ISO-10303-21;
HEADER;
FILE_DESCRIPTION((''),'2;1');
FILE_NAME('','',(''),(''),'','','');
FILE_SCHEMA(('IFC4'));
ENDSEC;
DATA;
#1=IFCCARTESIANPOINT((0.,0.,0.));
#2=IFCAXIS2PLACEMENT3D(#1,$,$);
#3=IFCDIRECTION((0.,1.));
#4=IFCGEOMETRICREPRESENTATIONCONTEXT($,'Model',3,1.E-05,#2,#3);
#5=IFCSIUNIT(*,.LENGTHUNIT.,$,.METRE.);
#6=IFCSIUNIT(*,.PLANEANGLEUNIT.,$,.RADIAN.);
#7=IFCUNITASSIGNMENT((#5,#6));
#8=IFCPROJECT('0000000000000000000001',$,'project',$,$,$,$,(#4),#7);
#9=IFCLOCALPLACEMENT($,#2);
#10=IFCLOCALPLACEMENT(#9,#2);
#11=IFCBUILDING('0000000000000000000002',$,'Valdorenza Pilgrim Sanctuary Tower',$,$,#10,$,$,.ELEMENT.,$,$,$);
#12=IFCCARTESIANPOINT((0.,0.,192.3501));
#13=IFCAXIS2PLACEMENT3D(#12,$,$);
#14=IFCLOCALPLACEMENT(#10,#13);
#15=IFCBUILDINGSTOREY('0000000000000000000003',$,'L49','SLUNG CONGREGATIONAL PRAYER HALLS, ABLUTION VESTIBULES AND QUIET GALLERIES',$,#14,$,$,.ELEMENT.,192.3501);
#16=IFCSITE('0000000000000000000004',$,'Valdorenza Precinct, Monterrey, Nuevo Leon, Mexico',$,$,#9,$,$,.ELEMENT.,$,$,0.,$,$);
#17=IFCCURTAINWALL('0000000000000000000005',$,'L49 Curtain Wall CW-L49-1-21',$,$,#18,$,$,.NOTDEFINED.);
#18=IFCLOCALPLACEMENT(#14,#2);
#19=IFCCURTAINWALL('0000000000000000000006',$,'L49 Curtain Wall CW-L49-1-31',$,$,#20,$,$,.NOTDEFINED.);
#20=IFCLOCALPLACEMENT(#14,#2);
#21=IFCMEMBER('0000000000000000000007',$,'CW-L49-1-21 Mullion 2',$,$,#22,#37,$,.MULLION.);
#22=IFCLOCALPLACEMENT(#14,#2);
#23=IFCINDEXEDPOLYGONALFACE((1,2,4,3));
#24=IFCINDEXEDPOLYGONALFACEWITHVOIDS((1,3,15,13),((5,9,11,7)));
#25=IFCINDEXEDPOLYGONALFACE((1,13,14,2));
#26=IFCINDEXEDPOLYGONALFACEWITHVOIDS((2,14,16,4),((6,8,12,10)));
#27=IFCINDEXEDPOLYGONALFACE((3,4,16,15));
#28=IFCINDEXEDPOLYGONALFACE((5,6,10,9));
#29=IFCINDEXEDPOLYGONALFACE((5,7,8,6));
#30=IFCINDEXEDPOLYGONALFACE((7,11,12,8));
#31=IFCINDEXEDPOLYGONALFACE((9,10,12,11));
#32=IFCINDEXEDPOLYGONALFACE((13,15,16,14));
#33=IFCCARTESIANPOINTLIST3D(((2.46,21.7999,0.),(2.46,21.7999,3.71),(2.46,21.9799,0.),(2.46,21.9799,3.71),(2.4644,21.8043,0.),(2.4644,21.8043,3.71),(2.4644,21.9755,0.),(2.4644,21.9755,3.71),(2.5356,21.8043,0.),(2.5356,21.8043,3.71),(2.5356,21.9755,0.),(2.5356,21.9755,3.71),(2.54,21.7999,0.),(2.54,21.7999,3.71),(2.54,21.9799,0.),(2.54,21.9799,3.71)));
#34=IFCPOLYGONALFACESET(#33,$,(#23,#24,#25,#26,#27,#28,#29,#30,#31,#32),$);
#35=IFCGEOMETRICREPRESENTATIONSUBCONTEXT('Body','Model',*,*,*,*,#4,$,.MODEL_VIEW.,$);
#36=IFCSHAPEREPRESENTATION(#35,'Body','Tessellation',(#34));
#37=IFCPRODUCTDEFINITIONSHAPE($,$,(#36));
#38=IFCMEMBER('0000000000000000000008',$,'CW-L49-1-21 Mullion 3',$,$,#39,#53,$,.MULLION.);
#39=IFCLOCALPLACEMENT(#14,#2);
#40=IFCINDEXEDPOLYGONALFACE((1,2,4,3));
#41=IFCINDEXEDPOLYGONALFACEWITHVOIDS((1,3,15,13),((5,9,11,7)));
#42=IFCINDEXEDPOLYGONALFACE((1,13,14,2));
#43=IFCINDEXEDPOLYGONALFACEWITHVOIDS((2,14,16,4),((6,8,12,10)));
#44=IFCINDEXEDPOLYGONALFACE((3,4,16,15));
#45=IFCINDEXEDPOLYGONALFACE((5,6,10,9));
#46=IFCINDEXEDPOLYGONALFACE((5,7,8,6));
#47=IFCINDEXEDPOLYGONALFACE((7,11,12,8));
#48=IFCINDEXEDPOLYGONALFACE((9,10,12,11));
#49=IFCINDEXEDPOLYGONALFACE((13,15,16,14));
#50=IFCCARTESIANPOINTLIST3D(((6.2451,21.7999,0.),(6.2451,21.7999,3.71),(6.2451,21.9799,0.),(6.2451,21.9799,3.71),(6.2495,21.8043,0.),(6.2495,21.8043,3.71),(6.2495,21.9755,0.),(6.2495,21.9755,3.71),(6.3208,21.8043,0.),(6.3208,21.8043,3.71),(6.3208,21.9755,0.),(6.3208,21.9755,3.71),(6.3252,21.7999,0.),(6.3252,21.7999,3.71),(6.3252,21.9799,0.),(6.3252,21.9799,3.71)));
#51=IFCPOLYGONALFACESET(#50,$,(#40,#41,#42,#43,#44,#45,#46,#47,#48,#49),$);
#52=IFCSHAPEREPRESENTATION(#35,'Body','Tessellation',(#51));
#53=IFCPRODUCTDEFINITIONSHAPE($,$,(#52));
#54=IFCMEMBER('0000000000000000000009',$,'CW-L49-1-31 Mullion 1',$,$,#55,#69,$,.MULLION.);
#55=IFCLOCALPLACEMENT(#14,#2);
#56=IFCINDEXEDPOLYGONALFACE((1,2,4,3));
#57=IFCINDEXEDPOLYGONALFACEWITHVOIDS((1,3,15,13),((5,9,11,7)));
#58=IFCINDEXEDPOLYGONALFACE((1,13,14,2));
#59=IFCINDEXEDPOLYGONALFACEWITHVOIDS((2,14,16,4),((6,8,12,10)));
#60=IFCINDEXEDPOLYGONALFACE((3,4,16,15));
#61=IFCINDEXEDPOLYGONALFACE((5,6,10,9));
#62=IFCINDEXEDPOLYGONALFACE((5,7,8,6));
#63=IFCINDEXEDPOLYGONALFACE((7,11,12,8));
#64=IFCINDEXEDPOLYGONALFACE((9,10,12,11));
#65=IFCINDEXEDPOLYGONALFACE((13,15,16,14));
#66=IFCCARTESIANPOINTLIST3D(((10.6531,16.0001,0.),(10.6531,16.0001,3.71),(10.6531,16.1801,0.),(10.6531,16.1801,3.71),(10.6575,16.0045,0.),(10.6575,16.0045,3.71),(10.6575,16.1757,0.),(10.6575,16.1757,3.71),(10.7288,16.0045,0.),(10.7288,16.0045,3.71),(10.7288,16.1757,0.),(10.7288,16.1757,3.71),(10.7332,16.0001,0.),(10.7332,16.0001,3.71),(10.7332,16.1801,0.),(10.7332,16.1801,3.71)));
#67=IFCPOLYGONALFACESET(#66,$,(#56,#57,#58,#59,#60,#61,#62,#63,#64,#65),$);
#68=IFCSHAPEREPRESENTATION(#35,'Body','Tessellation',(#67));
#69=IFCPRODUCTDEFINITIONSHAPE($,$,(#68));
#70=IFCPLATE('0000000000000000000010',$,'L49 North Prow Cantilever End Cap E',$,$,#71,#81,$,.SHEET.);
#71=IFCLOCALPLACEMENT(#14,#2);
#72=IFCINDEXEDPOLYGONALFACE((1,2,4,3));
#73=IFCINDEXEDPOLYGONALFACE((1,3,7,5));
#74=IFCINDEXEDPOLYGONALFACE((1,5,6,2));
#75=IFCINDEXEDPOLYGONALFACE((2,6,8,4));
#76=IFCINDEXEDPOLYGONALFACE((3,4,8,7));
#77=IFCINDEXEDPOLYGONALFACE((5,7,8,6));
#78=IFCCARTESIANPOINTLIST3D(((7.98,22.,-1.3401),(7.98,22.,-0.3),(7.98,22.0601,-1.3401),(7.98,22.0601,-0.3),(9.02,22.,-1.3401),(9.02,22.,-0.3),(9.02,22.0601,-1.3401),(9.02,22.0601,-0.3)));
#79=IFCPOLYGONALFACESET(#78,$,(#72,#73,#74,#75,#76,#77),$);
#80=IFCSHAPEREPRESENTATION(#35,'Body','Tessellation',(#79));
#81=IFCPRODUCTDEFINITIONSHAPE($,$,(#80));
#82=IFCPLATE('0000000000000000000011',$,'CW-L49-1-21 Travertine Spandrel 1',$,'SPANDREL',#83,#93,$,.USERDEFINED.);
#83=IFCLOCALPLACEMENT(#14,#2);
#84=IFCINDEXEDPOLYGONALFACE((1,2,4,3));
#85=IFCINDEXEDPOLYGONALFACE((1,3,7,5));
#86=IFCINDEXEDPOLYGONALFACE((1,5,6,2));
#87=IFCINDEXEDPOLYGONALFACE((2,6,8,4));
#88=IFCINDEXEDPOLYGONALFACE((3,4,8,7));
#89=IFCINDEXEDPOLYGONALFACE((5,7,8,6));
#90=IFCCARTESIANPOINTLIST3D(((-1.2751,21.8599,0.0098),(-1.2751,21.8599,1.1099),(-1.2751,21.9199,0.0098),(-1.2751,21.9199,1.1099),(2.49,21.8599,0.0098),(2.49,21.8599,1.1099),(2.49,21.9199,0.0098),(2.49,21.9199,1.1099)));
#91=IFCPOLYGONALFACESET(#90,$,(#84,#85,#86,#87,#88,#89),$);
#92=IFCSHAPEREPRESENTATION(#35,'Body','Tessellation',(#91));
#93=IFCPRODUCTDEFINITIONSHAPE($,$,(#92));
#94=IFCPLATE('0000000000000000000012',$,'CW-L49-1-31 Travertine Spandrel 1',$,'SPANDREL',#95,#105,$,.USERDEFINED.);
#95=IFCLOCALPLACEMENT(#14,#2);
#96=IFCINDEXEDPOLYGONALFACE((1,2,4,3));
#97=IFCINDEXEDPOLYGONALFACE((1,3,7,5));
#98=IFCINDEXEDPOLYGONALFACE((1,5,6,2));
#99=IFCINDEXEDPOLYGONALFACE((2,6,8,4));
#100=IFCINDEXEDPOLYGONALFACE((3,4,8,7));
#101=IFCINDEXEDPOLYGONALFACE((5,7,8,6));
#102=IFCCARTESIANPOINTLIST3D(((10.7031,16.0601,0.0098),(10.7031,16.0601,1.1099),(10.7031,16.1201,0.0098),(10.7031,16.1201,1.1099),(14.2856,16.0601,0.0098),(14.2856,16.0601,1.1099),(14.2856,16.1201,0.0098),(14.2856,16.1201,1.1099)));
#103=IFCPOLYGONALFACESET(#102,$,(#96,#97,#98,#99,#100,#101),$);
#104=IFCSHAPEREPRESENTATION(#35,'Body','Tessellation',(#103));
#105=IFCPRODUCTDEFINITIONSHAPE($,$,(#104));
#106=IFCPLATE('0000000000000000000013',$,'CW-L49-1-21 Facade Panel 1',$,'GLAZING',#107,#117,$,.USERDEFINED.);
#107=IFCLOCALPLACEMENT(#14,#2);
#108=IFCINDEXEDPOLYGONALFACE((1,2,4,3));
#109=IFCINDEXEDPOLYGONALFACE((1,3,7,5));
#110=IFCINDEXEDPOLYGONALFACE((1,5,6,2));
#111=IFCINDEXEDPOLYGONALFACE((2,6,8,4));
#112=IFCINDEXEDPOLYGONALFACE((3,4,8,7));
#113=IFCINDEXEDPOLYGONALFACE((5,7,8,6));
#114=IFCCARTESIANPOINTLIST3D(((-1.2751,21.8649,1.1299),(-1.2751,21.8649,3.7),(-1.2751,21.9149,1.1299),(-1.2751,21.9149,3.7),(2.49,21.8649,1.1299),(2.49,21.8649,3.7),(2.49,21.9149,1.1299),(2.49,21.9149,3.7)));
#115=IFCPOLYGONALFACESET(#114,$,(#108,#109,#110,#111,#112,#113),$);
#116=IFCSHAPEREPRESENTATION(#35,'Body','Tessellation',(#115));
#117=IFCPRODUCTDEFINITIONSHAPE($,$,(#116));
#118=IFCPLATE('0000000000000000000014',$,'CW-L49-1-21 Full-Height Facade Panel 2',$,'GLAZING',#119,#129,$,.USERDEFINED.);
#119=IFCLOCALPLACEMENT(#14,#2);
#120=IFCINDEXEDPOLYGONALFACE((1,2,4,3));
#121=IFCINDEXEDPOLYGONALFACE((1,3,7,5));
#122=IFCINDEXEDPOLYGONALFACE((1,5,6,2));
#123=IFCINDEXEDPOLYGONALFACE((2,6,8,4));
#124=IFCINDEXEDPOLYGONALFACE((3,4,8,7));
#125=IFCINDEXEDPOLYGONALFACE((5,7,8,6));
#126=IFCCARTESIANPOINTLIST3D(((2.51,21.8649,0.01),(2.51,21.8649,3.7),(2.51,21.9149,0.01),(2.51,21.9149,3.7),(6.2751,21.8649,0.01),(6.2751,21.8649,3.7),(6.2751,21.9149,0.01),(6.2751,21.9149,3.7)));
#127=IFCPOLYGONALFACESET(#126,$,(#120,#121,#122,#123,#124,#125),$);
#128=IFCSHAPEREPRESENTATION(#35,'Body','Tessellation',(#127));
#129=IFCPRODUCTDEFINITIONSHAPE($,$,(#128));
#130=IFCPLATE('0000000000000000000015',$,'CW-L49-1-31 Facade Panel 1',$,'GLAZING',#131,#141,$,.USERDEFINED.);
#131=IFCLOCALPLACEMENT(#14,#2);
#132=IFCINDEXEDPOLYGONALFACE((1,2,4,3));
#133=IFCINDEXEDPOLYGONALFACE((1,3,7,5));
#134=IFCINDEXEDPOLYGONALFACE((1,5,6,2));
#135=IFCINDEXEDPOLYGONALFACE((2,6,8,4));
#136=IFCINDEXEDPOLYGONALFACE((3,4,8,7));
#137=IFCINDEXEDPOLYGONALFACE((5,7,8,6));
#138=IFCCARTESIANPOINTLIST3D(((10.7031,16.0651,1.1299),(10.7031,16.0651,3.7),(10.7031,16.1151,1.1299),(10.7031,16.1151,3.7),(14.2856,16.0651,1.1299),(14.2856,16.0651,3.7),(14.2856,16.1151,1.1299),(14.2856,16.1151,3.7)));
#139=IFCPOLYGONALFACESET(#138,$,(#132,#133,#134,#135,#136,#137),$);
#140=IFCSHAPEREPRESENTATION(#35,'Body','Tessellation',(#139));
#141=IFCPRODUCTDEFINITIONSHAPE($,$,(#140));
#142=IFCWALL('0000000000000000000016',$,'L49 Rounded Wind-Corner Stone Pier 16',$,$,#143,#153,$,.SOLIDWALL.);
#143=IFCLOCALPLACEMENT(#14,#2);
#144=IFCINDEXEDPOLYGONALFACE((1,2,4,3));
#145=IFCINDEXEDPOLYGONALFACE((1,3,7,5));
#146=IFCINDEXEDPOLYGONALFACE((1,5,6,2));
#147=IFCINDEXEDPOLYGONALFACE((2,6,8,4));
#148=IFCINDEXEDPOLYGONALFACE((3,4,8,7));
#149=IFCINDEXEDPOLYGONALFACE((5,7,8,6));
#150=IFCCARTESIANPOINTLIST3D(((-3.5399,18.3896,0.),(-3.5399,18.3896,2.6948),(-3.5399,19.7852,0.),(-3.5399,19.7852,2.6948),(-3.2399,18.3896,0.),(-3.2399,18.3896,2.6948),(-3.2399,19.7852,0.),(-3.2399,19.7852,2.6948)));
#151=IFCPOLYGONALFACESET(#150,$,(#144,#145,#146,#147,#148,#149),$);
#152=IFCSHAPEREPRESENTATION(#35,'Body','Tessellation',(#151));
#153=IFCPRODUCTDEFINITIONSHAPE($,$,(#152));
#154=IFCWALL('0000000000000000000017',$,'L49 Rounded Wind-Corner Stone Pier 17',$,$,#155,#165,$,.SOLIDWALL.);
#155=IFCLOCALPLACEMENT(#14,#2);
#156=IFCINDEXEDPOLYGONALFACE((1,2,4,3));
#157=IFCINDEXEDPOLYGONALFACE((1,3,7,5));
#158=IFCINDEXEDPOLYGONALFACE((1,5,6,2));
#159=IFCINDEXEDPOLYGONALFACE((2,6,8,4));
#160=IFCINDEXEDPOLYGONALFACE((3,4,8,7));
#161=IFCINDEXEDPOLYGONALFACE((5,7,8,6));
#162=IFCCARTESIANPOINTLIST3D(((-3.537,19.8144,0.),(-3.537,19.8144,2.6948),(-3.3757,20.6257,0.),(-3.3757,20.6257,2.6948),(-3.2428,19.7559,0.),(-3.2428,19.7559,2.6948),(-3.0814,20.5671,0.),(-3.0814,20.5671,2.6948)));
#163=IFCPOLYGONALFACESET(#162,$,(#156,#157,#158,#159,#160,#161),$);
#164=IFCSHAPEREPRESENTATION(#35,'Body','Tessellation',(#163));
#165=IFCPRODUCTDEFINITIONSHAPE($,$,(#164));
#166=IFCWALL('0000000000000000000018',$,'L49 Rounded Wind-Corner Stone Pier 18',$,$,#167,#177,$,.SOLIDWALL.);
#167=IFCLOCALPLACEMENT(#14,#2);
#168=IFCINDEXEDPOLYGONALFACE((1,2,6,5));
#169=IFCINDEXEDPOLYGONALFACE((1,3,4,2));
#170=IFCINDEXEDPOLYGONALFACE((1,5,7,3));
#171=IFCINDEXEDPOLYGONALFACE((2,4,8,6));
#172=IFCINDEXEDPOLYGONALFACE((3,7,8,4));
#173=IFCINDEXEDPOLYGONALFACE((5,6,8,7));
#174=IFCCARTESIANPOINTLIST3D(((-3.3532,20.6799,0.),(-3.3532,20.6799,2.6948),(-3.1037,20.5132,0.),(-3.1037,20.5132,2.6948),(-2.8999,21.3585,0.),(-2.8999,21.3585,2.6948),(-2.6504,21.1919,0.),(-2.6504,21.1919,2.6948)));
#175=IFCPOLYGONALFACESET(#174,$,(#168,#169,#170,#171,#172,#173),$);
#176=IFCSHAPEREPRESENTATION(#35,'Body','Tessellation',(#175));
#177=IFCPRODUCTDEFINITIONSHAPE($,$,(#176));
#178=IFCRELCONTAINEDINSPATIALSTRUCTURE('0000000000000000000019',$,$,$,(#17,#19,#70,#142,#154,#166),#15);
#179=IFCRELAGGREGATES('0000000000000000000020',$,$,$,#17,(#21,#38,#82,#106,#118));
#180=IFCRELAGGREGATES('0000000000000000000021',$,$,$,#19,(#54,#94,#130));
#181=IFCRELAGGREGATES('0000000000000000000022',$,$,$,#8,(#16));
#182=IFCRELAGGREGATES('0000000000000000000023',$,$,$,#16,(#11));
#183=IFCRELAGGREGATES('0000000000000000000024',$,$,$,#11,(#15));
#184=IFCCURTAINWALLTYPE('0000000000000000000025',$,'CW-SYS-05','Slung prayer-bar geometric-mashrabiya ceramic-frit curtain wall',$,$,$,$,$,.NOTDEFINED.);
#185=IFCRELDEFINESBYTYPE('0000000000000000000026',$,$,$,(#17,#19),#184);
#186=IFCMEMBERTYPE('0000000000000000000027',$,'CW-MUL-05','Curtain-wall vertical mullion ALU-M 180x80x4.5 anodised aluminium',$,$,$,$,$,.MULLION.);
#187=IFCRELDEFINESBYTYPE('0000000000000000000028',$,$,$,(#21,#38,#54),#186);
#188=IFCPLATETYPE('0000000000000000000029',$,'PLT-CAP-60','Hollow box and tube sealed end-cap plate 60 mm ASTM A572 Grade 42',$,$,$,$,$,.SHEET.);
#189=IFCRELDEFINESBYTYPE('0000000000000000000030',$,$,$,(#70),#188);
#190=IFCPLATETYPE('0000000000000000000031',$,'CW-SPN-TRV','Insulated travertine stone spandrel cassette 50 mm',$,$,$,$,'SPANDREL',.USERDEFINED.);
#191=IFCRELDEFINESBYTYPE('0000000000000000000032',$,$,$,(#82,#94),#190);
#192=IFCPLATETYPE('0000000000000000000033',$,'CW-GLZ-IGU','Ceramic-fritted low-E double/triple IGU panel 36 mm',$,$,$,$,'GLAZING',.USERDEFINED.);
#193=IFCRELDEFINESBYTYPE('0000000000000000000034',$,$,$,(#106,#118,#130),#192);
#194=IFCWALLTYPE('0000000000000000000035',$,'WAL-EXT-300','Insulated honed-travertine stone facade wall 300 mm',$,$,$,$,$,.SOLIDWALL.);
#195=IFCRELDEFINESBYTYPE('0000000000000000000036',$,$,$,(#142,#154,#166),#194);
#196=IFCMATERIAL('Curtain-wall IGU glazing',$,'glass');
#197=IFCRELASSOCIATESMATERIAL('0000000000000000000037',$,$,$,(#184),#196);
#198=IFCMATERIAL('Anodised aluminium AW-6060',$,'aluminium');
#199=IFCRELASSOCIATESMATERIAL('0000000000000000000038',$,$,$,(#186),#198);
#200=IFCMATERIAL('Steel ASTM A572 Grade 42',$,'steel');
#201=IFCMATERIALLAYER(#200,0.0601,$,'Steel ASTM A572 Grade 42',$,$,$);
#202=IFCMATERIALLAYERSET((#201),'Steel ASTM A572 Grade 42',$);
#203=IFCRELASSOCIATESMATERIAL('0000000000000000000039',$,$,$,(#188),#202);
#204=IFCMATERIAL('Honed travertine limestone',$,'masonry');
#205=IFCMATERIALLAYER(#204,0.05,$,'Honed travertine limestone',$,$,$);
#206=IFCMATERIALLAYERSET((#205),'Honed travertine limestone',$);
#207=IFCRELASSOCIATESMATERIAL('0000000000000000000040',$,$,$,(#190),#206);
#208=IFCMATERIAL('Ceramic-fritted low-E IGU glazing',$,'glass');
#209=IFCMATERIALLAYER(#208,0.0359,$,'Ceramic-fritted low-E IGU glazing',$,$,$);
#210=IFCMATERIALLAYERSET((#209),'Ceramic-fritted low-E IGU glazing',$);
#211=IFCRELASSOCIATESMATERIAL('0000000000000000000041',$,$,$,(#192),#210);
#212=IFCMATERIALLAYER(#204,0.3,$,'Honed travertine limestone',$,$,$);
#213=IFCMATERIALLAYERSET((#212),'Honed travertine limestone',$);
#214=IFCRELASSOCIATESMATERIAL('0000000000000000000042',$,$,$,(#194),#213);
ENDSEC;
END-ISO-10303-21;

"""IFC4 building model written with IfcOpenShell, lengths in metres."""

from ifc_helpers import new_model, si_unit, direction, frame, frame_2d, origin, origin_2d, place, context, subcontext, project, spatial, rectangle, hollow_rectangle, extrude, source, transform, mapped, material, layer, layer_set, material_profile, profile_set, type_object, element, aggregate, save


model = new_model("IFC4")

# Units and contexts
model_context = context("Model", 3, precision=1e-05, world=origin(), true_north=direction((0.0, 1.0)))
body_context = subcontext(model_context, "Body", "Model", "MODEL_VIEW")
ifc_project = project(units=[si_unit("LENGTHUNIT", "METRE"), si_unit("PLANEANGLEUNIT", "RADIAN")], contexts=[model_context])

# Site, building, storey
site_placement = place(None, origin())
site = spatial("IfcSite", under=ifc_project, at=site_placement, Name="Valdorenza Precinct, Monterrey, Nuevo Leon, Mexico", CompositionType="ELEMENT", RefElevation=0.0)
building_placement = place(site_placement, origin())
building = spatial("IfcBuilding", under=site, at=building_placement, Name="Valdorenza Pilgrim Sanctuary Tower", CompositionType="ELEMENT")
storey_placement = place(building_placement, frame((0.0, 0.0, 192.3501)))
storey = spatial("IfcBuildingStorey", under=building, at=storey_placement, Name="L49", Description="SLUNG CONGREGATIONAL PRAYER HALLS, ABLUTION VESTIBULES AND QUIET GALLERIES", CompositionType="ELEMENT", Elevation=192.3501)

# Shared definitions
ifc_material_1 = material(Name="Steel ASTM A572 Grade 42", Category="steel")

# Curtain walls
ifc_material_2 = material(Name="Curtain-wall IGU glazing", Category="glass")
curtain_wall_type = type_object("IfcCurtainWallType", Name="CW-SYS-05", Description="Slung prayer-bar geometric-mashrabiya ceramic-frit curtain wall", PredefinedType="NOTDEFINED", material=ifc_material_2)
curtain_wall_1_placement = place(storey_placement, origin())
curtain_wall_1 = element("IfcCurtainWall", 1, at=curtain_wall_1_placement, inside=storey, type_object=curtain_wall_type, Name="L49 Curtain Wall CW-L49-1-21", PredefinedType="NOTDEFINED")
ifc_material_3 = material(Name="Anodised aluminium AW-6060", Category="aluminium")
curtain_wall_2_placement = place(storey_placement, origin())
curtain_wall_2 = element("IfcCurtainWall", 2, at=curtain_wall_2_placement, inside=storey, type_object=curtain_wall_type, Name="L49 Curtain Wall CW-L49-1-31", PredefinedType="NOTDEFINED")

# Members
ifc_material_profile_1 = material_profile(ifc_material_3, hollow_rectangle(XDim=0.0801, YDim=0.1799, WallThickness=0.0044, at=origin_2d()), Name="ALU-M 180x80x4.5")
ifc_profile_set_1 = profile_set([ifc_material_profile_1], Name="Anodised aluminium AW-6060")
member_type_1 = type_object("IfcMemberType", Name="CW-MUL-05", Description="Curtain-wall vertical mullion ALU-M 180x80x4.5 anodised aluminium", PredefinedType="MULLION", material=ifc_profile_set_1)
shared_shape_1 = source(origin(), body_context, "Body", "SweptSolid", [
    extrude(hollow_rectangle(XDim=0.0801, YDim=0.1799, WallThickness=0.0044, at=origin_2d()), origin(), (0.0, 0.0, 1.0), 3.71),
])
member_1_placement = place(storey_placement, frame((2.5, 21.8899, 0.0), z_axis=(0.0, 0.0, 1.0), x_axis=(1.0, 0.0, 0.0)))
member_1 = element("IfcMember", 3, at=member_1_placement, type_object=member_type_1, Name="CW-L49-1-21 Mullion 2", PredefinedType="MULLION", context=body_context, shape_type="MappedRepresentation", body=[
    mapped(shared_shape_1, transform((0.0, 0.0, 0.0), x_axis=(1.0, 0.0, 0.0), y_axis=(0.0, 1.0, 0.0), z_axis=(0.0, 0.0, 1.0), scale=1.0)),
])
member_2_placement = place(storey_placement, frame((6.2852, 21.8899, 0.0), z_axis=(0.0, 0.0, 1.0), x_axis=(1.0, 0.0, 0.0)))
member_2 = element("IfcMember", 4, at=member_2_placement, type_object=member_type_1, Name="CW-L49-1-21 Mullion 3", PredefinedType="MULLION", context=body_context, shape_type="MappedRepresentation", body=[
    mapped(shared_shape_1, transform((0.0, 0.0, 0.0), x_axis=(1.0, 0.0, 0.0), y_axis=(0.0, 1.0, 0.0), z_axis=(0.0, 0.0, 1.0), scale=1.0)),
])
member_3_placement = place(storey_placement, frame((10.6931, 16.0901, 0.0), z_axis=(0.0, 0.0, 1.0), x_axis=(1.0, 0.0, 0.0)))
member_3 = element("IfcMember", 5, at=member_3_placement, type_object=member_type_1, Name="CW-L49-1-31 Mullion 1", PredefinedType="MULLION", context=body_context, shape_type="MappedRepresentation", body=[
    mapped(shared_shape_1, transform((0.0, 0.0, 0.0), x_axis=(1.0, 0.0, 0.0), y_axis=(0.0, 1.0, 0.0), z_axis=(0.0, 0.0, 1.0), scale=1.0)),
])

# Plates
ifc_layer_1 = layer(ifc_material_1, 0.0601, Name="Steel ASTM A572 Grade 42")
ifc_layer_set_1 = layer_set([ifc_layer_1], Name="Steel ASTM A572 Grade 42")
plate_type_1 = type_object("IfcPlateType", Name="PLT-CAP-60", Description="Hollow box and tube sealed end-cap plate 60 mm ASTM A572 Grade 42", PredefinedType="SHEET", material=ifc_layer_set_1)
shared_shape_2 = source(origin(), body_context, "Body", "SweptSolid", [
    extrude(rectangle(XDim=1.04, YDim=0.0601, at=origin_2d()), origin(), (0.0, 0.0, 1.0), 1.04),
])
plate_1_placement = place(storey_placement, frame((8.5, 22.03, -1.3401), z_axis=(0.0, 0.0, 1.0), x_axis=(1.0, 0.0, 0.0)))
element("IfcPlate", 6, at=plate_1_placement, inside=storey, type_object=plate_type_1, Name="L49 North Prow Cantilever End Cap E", PredefinedType="SHEET", context=body_context, shape_type="MappedRepresentation", body=[
    mapped(shared_shape_2, transform((0.0, 0.0, 0.0), x_axis=(1.0, 0.0, 0.0), y_axis=(0.0, 1.0, 0.0), z_axis=(0.0, 0.0, 1.0), scale=1.0)),
])
ifc_material_4 = material(Name="Honed travertine limestone", Category="masonry")
ifc_layer_2 = layer(ifc_material_4, 0.05, Name="Honed travertine limestone")
ifc_layer_set_2 = layer_set([ifc_layer_2], Name="Honed travertine limestone")
plate_type_2 = type_object("IfcPlateType", Name="CW-SPN-TRV", Description="Insulated travertine stone spandrel cassette 50 mm", ElementType="SPANDREL", PredefinedType="USERDEFINED", material=ifc_layer_set_2)
shared_shape_3 = source(origin(), body_context, "Body", "SweptSolid", [
    extrude(rectangle(XDim=3.7651, YDim=0.0601, at=origin_2d()), origin(), (0.0, 0.0, 1.0), 1.1001),
])
plate_2_placement = place(storey_placement, frame((0.6074, 21.8899, 0.0098), z_axis=(0.0, 0.0, 1.0), x_axis=(1.0, 0.0, 0.0)))
plate_2 = element("IfcPlate", 7, at=plate_2_placement, type_object=plate_type_2, Name="CW-L49-1-21 Travertine Spandrel 1", ObjectType="SPANDREL", PredefinedType="USERDEFINED", context=body_context, shape_type="MappedRepresentation", body=[
    mapped(shared_shape_3, transform((0.0, 0.0, 0.0), x_axis=(1.0, 0.0, 0.0), y_axis=(0.0, 1.0, 0.0), z_axis=(0.0, 0.0, 1.0), scale=1.0)),
])
shared_shape_4 = source(origin(), body_context, "Body", "SweptSolid", [
    extrude(rectangle(XDim=3.5825, YDim=0.0601, at=origin_2d()), origin(), (0.0, 0.0, 1.0), 1.1001),
])
plate_3_placement = place(storey_placement, frame((12.4944, 16.0901, 0.0098), z_axis=(0.0, 0.0, 1.0), x_axis=(1.0, 0.0, 0.0)))
plate_3 = element("IfcPlate", 8, at=plate_3_placement, type_object=plate_type_2, Name="CW-L49-1-31 Travertine Spandrel 1", ObjectType="SPANDREL", PredefinedType="USERDEFINED", context=body_context, shape_type="MappedRepresentation", body=[
    mapped(shared_shape_4, transform((0.0, 0.0, 0.0), x_axis=(1.0, 0.0, 0.0), y_axis=(0.0, 1.0, 0.0), z_axis=(0.0, 0.0, 1.0), scale=1.0)),
])
ifc_material_5 = material(Name="Ceramic-fritted low-E IGU glazing", Category="glass")
ifc_layer_3 = layer(ifc_material_5, 0.0359, Name="Ceramic-fritted low-E IGU glazing")
ifc_layer_set_3 = layer_set([ifc_layer_3], Name="Ceramic-fritted low-E IGU glazing")
plate_type_3 = type_object("IfcPlateType", Name="CW-GLZ-IGU", Description="Ceramic-fritted low-E double/triple IGU panel 36 mm", ElementType="GLAZING", PredefinedType="USERDEFINED", material=ifc_layer_set_3)
shared_shape_5 = source(origin(), body_context, "Body", "SweptSolid", [
    extrude(rectangle(XDim=3.7651, YDim=0.05, at=origin_2d()), origin(), (0.0, 0.0, 1.0), 2.5701),
])
plate_4_placement = place(storey_placement, frame((0.6074, 21.8899, 1.1299), z_axis=(0.0, 0.0, 1.0), x_axis=(1.0, 0.0, 0.0)))
plate_4 = element("IfcPlate", 9, at=plate_4_placement, type_object=plate_type_3, Name="CW-L49-1-21 Facade Panel 1", ObjectType="GLAZING", PredefinedType="USERDEFINED", context=body_context, shape_type="MappedRepresentation", body=[
    mapped(shared_shape_5, transform((0.0, 0.0, 0.0), x_axis=(1.0, 0.0, 0.0), y_axis=(0.0, 1.0, 0.0), z_axis=(0.0, 0.0, 1.0), scale=1.0)),
])
shared_shape_6 = source(origin(), body_context, "Body", "SweptSolid", [
    extrude(rectangle(XDim=3.7651, YDim=0.05, at=origin_2d()), origin(), (0.0, 0.0, 1.0), 3.6899),
])
plate_5_placement = place(storey_placement, frame((4.3926, 21.8899, 0.01), z_axis=(0.0, 0.0, 1.0), x_axis=(1.0, 0.0, 0.0)))
plate_5 = element("IfcPlate", 10, at=plate_5_placement, type_object=plate_type_3, Name="CW-L49-1-21 Full-Height Facade Panel 2", ObjectType="GLAZING", PredefinedType="USERDEFINED", context=body_context, shape_type="MappedRepresentation", body=[
    mapped(shared_shape_6, transform((0.0, 0.0, 0.0), x_axis=(1.0, 0.0, 0.0), y_axis=(0.0, 1.0, 0.0), z_axis=(0.0, 0.0, 1.0), scale=1.0)),
])
aggregate(curtain_wall_1, [member_1, member_2, plate_2, plate_4, plate_5])
shared_shape_7 = source(origin(), body_context, "Body", "SweptSolid", [
    extrude(rectangle(XDim=3.5825, YDim=0.05, at=origin_2d()), origin(), (0.0, 0.0, 1.0), 2.5701),
])
plate_6_placement = place(storey_placement, frame((12.4944, 16.0901, 1.1299), z_axis=(0.0, 0.0, 1.0), x_axis=(1.0, 0.0, 0.0)))
plate_6 = element("IfcPlate", 11, at=plate_6_placement, type_object=plate_type_3, Name="CW-L49-1-31 Facade Panel 1", ObjectType="GLAZING", PredefinedType="USERDEFINED", context=body_context, shape_type="MappedRepresentation", body=[
    mapped(shared_shape_7, transform((0.0, 0.0, 0.0), x_axis=(1.0, 0.0, 0.0), y_axis=(0.0, 1.0, 0.0), z_axis=(0.0, 0.0, 1.0), scale=1.0)),
])
aggregate(curtain_wall_2, [member_3, plate_3, plate_6])

# Walls
ifc_layer_4 = layer(ifc_material_4, 0.3, Name="Honed travertine limestone")
ifc_layer_set_4 = layer_set([ifc_layer_4], Name="Honed travertine limestone")
wall_type_1 = type_object("IfcWallType", Name="WAL-EXT-300", Description="Insulated honed-travertine stone facade wall 300 mm", PredefinedType="SOLIDWALL", material=ifc_layer_set_4)
wall_1_placement = place(storey_placement, frame((-3.3899, 18.3896, 0.0), z_axis=(0.0, 0.0, 1.0), x_axis=(0.0, 1.0, 0.0)))
element("IfcWall", 12, at=wall_1_placement, inside=storey, type_object=wall_type_1, Name="L49 Rounded Wind-Corner Stone Pier 16", PredefinedType="SOLIDWALL", context=body_context, shape_type="SweptSolid", body=[
    extrude(rectangle(XDim=1.3955, YDim=0.3, at=frame_2d((0.6978, 0.0))), origin(), (0.0, 0.0, 1.0), 2.6948),
])
wall_2_placement = place(storey_placement, frame((-3.3899, 19.7852, 0.0), z_axis=(0.0, 0.0, 1.0), x_axis=(0.195094, 0.980784, 0.0)))
element("IfcWall", 13, at=wall_2_placement, inside=storey, type_object=wall_type_1, Name="L49 Rounded Wind-Corner Stone Pier 17", PredefinedType="SOLIDWALL", context=body_context, shape_type="SweptSolid", body=[
    extrude(rectangle(XDim=0.8271, YDim=0.3, at=frame_2d((0.4136, 0.0))), origin(), (0.0, 0.0, 1.0), 2.6948),
])
wall_3_placement = place(storey_placement, frame((-3.2285, 20.5964, 0.0), z_axis=(0.0, 0.0, 1.0), x_axis=(0.555459, 0.831544, 0.0)))
element("IfcWall", 14, at=wall_3_placement, inside=storey, type_object=wall_type_1, Name="L49 Rounded Wind-Corner Stone Pier 18", PredefinedType="SOLIDWALL", context=body_context, shape_type="SweptSolid", body=[
    extrude(rectangle(XDim=0.8162, YDim=0.3, at=frame_2d((0.4082, 0.0))), origin(), (0.0, 0.0, 1.0), 2.6948),
])

save(model, "model.ifc")
